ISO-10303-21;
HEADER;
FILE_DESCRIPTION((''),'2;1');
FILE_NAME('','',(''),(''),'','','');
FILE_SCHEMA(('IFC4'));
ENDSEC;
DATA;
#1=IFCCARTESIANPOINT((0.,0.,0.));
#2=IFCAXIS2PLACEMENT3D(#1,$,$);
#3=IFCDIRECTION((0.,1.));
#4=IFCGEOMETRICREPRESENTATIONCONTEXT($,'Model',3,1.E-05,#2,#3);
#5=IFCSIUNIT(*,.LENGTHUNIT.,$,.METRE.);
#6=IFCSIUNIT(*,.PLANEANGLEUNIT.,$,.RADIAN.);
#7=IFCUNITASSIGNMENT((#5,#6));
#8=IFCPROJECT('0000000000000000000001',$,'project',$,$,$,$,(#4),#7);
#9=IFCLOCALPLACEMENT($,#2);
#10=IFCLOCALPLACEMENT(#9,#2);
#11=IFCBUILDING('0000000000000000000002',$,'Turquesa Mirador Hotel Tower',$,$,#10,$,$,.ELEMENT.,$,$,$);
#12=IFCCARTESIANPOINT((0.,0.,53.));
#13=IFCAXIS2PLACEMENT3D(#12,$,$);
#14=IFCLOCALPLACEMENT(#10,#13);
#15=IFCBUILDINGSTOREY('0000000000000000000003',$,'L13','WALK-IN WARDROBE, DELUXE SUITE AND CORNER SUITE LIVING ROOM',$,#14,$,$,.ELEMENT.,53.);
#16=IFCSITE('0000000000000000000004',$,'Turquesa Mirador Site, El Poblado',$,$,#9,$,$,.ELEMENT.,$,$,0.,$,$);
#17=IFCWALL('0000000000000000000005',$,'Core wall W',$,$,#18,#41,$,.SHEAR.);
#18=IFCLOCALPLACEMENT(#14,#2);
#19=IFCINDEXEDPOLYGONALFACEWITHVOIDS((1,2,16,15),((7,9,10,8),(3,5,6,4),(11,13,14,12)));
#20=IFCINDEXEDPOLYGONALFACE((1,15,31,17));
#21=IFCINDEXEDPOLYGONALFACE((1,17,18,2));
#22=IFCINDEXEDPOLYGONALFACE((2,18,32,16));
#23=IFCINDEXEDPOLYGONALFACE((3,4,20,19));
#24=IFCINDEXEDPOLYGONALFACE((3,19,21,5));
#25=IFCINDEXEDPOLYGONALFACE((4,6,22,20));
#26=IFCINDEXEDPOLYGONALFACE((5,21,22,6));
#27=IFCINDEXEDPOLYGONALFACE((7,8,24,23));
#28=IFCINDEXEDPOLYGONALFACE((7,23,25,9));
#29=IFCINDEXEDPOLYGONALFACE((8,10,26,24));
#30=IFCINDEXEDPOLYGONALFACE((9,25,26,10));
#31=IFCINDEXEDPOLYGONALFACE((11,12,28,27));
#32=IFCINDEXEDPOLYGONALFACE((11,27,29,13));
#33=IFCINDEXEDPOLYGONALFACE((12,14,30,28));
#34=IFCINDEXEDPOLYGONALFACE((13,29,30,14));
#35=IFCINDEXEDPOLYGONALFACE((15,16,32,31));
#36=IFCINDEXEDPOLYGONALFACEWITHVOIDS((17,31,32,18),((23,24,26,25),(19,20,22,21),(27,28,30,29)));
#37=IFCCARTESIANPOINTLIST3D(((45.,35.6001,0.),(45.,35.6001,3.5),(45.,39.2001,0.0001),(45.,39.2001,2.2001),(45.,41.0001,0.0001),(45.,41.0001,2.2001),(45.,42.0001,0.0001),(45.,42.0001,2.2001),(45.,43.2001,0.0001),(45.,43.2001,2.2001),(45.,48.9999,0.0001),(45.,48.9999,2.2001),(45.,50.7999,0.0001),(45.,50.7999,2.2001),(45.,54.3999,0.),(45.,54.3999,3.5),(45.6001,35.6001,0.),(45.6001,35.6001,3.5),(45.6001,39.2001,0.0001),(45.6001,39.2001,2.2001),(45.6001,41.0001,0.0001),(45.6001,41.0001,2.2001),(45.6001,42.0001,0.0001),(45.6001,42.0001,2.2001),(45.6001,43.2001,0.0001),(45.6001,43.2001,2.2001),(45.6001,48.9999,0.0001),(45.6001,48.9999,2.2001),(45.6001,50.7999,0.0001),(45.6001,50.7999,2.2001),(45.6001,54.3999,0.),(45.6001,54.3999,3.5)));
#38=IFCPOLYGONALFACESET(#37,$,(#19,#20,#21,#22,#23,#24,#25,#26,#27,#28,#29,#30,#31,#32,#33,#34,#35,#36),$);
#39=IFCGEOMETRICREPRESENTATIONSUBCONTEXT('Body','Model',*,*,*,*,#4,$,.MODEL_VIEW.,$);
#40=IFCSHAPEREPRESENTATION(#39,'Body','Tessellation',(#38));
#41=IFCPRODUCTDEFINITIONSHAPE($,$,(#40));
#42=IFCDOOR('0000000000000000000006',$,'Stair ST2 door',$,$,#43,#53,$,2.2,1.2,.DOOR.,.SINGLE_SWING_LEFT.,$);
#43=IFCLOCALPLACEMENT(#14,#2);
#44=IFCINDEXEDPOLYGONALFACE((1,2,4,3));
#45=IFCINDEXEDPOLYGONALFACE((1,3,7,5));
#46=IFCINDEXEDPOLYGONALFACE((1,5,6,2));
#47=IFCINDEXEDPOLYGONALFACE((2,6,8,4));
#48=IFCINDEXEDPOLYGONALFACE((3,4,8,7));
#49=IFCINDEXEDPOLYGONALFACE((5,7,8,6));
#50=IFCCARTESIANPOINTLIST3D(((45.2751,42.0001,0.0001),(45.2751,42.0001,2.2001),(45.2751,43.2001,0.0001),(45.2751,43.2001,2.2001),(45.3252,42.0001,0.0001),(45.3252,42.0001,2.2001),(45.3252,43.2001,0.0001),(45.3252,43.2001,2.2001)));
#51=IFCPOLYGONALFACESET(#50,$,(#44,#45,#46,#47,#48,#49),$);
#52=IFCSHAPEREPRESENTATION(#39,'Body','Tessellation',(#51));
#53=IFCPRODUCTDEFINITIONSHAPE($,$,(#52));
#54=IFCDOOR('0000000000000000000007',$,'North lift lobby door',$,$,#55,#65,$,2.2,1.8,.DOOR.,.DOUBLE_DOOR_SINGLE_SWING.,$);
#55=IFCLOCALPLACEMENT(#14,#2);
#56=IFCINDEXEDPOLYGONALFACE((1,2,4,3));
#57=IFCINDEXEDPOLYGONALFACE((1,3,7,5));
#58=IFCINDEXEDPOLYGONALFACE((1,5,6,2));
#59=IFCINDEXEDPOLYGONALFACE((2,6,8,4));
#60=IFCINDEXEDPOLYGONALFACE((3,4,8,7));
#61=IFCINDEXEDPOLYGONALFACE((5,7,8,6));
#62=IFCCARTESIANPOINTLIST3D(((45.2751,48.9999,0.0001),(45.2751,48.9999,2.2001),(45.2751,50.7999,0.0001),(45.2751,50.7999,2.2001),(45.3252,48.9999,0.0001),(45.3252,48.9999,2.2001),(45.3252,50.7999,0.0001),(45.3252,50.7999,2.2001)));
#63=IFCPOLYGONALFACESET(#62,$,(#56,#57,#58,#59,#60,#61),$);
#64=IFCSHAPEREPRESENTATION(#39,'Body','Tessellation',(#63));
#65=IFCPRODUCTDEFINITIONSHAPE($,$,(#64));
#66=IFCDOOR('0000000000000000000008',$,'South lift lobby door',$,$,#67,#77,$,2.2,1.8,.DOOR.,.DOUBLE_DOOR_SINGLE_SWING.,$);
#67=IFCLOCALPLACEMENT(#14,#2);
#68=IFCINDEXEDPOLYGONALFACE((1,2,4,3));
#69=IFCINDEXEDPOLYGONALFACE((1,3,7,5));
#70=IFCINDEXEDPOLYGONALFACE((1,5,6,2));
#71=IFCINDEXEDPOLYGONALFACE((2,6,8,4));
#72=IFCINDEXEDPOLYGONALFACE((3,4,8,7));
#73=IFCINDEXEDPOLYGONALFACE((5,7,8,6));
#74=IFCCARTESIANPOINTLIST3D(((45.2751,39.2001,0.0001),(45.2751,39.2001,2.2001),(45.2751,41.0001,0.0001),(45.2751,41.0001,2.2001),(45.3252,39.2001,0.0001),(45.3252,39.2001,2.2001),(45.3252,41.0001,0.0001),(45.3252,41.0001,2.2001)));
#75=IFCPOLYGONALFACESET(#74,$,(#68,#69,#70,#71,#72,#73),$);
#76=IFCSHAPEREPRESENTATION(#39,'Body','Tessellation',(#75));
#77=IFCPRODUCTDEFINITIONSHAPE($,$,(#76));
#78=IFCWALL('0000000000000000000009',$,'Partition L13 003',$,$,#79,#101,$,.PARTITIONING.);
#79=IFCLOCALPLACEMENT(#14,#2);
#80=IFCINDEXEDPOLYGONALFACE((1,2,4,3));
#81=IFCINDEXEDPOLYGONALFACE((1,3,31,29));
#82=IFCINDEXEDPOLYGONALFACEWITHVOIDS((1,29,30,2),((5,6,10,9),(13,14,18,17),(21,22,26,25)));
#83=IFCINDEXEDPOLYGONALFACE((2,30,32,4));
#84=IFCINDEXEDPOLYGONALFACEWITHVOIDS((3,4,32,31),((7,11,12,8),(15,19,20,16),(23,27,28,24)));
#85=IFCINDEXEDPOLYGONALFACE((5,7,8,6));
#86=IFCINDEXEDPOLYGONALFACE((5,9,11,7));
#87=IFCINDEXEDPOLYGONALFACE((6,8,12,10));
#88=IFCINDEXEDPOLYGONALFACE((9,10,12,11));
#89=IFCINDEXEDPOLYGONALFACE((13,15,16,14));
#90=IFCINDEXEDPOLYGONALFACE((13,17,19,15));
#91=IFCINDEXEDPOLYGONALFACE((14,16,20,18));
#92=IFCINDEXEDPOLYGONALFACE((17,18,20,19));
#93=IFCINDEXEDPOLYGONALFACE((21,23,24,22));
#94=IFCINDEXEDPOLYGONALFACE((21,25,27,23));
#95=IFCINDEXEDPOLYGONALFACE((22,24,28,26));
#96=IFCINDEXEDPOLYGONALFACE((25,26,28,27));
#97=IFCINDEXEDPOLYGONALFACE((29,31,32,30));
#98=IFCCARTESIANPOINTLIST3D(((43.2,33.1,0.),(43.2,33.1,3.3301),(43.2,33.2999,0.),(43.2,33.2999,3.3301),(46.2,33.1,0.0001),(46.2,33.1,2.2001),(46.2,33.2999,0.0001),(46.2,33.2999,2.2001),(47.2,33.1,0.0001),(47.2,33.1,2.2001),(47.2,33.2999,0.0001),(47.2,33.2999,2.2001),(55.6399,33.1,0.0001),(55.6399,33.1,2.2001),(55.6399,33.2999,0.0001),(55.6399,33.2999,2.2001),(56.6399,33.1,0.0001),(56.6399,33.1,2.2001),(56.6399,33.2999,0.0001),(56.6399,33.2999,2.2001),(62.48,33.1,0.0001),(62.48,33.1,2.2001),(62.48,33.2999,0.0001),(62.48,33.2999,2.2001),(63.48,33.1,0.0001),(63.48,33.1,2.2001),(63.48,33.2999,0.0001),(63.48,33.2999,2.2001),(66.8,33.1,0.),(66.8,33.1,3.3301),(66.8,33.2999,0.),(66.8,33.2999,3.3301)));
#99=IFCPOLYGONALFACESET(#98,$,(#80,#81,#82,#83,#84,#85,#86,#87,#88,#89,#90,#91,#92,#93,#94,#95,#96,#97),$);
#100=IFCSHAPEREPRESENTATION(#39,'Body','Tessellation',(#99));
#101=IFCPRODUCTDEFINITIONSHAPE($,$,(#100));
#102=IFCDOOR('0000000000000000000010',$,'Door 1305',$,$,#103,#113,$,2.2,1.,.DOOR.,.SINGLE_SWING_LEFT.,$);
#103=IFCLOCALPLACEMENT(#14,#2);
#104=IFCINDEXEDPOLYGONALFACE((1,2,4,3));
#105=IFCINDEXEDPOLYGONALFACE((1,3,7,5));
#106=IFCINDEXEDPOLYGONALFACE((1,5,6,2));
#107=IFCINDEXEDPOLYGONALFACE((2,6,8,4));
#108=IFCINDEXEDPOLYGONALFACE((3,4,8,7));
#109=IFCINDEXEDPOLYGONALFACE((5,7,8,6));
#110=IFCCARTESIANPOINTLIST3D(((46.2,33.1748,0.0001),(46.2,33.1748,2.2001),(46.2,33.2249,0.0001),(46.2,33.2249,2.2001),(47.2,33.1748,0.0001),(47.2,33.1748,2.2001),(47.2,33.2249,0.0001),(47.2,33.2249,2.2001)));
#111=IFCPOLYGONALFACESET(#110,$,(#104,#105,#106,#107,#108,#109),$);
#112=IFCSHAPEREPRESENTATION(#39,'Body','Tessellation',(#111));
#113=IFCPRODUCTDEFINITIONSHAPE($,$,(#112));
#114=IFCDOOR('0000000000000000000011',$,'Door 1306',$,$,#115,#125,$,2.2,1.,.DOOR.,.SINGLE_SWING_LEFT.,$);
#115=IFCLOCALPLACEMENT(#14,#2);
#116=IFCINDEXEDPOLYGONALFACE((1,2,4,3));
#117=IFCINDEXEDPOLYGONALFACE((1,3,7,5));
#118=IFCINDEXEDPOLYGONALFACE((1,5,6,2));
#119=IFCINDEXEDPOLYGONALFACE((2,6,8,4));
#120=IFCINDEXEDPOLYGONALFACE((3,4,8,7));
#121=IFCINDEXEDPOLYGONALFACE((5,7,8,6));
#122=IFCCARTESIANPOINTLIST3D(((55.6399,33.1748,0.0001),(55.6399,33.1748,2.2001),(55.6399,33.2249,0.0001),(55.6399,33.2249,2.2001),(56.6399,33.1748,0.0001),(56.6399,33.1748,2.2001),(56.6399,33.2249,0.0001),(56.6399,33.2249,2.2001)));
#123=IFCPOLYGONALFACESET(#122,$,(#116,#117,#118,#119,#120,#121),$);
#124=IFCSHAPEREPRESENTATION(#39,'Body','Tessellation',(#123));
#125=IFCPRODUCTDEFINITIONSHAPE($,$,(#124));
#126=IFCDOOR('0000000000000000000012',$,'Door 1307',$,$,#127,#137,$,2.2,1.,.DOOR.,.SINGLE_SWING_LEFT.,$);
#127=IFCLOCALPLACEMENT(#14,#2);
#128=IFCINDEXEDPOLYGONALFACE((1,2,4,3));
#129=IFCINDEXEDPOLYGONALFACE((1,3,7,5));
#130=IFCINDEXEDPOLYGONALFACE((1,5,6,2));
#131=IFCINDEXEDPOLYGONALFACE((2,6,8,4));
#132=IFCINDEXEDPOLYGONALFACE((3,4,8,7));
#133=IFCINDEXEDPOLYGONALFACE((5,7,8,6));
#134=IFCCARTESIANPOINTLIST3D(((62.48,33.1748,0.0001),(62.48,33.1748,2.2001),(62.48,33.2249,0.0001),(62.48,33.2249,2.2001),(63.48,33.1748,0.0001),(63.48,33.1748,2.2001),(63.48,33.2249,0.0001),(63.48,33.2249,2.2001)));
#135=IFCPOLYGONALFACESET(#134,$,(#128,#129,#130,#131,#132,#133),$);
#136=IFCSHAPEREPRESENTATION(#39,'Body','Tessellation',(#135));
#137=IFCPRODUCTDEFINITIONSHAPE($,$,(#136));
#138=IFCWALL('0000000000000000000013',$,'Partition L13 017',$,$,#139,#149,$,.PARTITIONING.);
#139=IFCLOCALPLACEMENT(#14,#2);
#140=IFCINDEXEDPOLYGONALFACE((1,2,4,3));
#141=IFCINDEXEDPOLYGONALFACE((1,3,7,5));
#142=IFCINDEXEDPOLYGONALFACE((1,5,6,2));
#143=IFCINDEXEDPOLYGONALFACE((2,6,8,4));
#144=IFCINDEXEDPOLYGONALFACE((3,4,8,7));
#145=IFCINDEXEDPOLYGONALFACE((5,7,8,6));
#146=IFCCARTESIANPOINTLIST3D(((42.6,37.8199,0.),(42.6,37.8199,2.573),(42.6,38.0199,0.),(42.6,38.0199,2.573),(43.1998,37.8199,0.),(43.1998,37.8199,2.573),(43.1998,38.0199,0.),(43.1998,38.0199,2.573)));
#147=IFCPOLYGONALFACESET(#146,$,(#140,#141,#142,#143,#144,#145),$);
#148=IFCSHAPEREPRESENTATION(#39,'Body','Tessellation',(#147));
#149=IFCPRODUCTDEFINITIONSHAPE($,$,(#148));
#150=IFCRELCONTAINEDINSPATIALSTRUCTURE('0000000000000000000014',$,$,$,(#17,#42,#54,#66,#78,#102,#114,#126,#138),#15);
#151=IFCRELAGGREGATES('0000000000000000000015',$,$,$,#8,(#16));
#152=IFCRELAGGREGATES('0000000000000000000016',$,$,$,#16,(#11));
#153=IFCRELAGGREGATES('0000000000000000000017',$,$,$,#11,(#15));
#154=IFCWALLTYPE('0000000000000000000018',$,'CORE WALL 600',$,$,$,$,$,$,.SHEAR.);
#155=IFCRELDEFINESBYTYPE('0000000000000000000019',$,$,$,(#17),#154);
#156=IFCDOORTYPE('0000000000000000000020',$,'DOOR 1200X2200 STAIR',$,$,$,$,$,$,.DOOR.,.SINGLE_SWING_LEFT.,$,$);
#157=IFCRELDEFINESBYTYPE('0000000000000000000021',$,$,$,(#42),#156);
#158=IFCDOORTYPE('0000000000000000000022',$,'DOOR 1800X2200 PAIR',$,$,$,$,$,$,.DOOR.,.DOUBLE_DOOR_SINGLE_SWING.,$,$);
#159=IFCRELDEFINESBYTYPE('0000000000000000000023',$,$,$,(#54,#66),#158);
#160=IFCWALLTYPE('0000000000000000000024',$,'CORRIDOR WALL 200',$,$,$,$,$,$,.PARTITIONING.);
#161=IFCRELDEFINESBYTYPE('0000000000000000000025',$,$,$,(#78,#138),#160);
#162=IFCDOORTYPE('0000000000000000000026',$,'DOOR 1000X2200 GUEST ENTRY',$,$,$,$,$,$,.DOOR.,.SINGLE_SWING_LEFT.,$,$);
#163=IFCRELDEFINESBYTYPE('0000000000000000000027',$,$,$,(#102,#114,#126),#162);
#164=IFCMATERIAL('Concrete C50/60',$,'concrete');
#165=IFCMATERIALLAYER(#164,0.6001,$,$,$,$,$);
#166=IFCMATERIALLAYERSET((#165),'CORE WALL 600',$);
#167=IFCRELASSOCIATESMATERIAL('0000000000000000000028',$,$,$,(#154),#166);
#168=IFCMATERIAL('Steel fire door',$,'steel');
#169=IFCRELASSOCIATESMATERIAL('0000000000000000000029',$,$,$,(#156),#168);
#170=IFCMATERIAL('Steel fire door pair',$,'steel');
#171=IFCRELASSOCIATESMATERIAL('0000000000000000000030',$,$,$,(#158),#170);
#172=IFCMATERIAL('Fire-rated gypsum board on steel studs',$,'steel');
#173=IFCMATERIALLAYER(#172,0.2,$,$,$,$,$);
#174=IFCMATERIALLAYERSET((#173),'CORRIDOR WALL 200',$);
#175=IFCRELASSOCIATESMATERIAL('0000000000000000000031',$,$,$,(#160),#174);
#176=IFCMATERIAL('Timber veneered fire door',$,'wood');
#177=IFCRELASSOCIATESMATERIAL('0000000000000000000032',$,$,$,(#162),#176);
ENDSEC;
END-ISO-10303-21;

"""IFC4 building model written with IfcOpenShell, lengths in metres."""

from ifc_helpers import new_model, si_unit, direction, frame, frame_2d, origin, place, context, subcontext, project, spatial, rectangle, extrude, material, layer, layer_set, type_object, element, fill, save


model = new_model("IFC4")

# Units and contexts
model_context = context("Model", 3, precision=1e-05, world=origin(), true_north=direction((0.0, 1.0)))
body_context = subcontext(model_context, "Body", "Model", "MODEL_VIEW")
ifc_project = project(units=[si_unit("LENGTHUNIT", "METRE"), si_unit("PLANEANGLEUNIT", "RADIAN")], contexts=[model_context])

# Site, building, storey
site_placement = place(None, origin())
site = spatial("IfcSite", under=ifc_project, at=site_placement, Name="Turquesa Mirador Site, El Poblado", CompositionType="ELEMENT", RefElevation=0.0)
building_placement = place(site_placement, origin())
building = spatial("IfcBuilding", under=site, at=building_placement, Name="Turquesa Mirador Hotel Tower", CompositionType="ELEMENT")
storey_placement = place(building_placement, frame((0.0, 0.0, 53.0)))
storey = spatial("IfcBuildingStorey", under=building, at=storey_placement, Name="L13", Description="WALK-IN WARDROBE, DELUXE SUITE AND CORNER SUITE LIVING ROOM", CompositionType="ELEMENT", Elevation=53.0)

# Shared definitions
ifc_material_1 = material(Name="Concrete C50/60", Category="concrete")
ifc_layer_1 = layer(ifc_material_1, 0.6001)
ifc_layer_set_1 = layer_set([ifc_layer_1], Name="CORE WALL 600")
wall_type_1 = type_object("IfcWallType", Name="CORE WALL 600", PredefinedType="SHEAR", material=ifc_layer_set_1)

# Walls, openings, doors
wall_1_placement = place(storey_placement, frame((45.3, 35.6001, 0.0), z_axis=(0.0, 0.0, 1.0), x_axis=(0.0, 1.0, 0.0)))
wall_1 = element("IfcWall", 1, at=wall_1_placement, inside=storey, type_object=wall_type_1, Name="Core wall W", PredefinedType="SHEAR", context=body_context, shape_type="SweptSolid", body=[
    extrude(rectangle(XDim=18.7998, YDim=0.6001, at=frame_2d((9.3999, 0.0))), origin(), (0.0, 0.0, 1.0), 3.5),
])
opening_1_placement = place(wall_1_placement, frame((13.3999, 0.0, 0.0)))
opening_1 = element("IfcOpeningElement", 2, at=opening_1_placement, cuts=wall_1, PredefinedType="OPENING", context=body_context, shape_type="SweptSolid", body=[
    extrude(rectangle(XDim=1.8, YDim=2.2, at=frame_2d((0.8999, 1.1001))), frame((0.0, 0.3101, 0.0), z_axis=(0.0, -1.0, 0.0), x_axis=(1.0, 0.0, 0.0)), (0.0, 0.0, 1.0), 0.6201),
])
opening_2_placement = place(wall_1_placement, frame((3.6001, 0.0, 0.0)))
opening_2 = element("IfcOpeningElement", 3, at=opening_2_placement, cuts=wall_1, PredefinedType="OPENING", context=body_context, shape_type="SweptSolid", body=[
    extrude(rectangle(XDim=1.8, YDim=2.2, at=frame_2d((0.8999, 1.1001))), frame((0.0, 0.3101, 0.0), z_axis=(0.0, -1.0, 0.0), x_axis=(1.0, 0.0, 0.0)), (0.0, 0.0, 1.0), 0.6201),
])
opening_3_placement = place(wall_1_placement, frame((6.3999, 0.0, 0.0)))
opening_3 = element("IfcOpeningElement", 4, at=opening_3_placement, cuts=wall_1, PredefinedType="OPENING", context=body_context, shape_type="SweptSolid", body=[
    extrude(rectangle(XDim=1.2, YDim=2.2, at=frame_2d((0.6001, 1.1001))), frame((0.0, 0.3101, 0.0), z_axis=(0.0, -1.0, 0.0), x_axis=(1.0, 0.0, 0.0)), (0.0, 0.0, 1.0), 0.6201),
])
ifc_material_2 = material(Name="Steel fire door", Category="steel")
door_type_1 = type_object("IfcDoorType", Name="DOOR 1200X2200 STAIR", OperationType="SINGLE_SWING_LEFT", PredefinedType="DOOR", material=ifc_material_2)
door_1_placement = place(opening_3_placement, origin())
door_1 = element("IfcDoor", 5, at=door_1_placement, inside=storey, type_object=door_type_1, Name="Stair ST2 door", OperationType="SINGLE_SWING_LEFT", OverallHeight=2.2, OverallWidth=1.2, PredefinedType="DOOR", context=body_context, shape_type="SweptSolid", body=[
    extrude(rectangle(XDim=1.2, YDim=2.2, at=frame_2d((0.6001, 1.1001))), frame((0.0, 0.0249, 0.0), z_axis=(0.0, -1.0, 0.0), x_axis=(1.0, 0.0, 0.0)), (0.0, 0.0, 1.0), 0.05),
])
fill(opening_3, door_1)
ifc_material_3 = material(Name="Steel fire door pair", Category="steel")
door_type_2 = type_object("IfcDoorType", Name="DOOR 1800X2200 PAIR", OperationType="DOUBLE_DOOR_SINGLE_SWING", PredefinedType="DOOR", material=ifc_material_3)
door_2_placement = place(opening_1_placement, origin())
door_2 = element("IfcDoor", 6, at=door_2_placement, inside=storey, type_object=door_type_2, Name="North lift lobby door", OperationType="DOUBLE_DOOR_SINGLE_SWING", OverallHeight=2.2, OverallWidth=1.8, PredefinedType="DOOR", context=body_context, shape_type="SweptSolid", body=[
    extrude(rectangle(XDim=1.8, YDim=2.2, at=frame_2d((0.8999, 1.1001))), frame((0.0, 0.0249, 0.0), z_axis=(0.0, -1.0, 0.0), x_axis=(1.0, 0.0, 0.0)), (0.0, 0.0, 1.0), 0.05),
])
fill(opening_1, door_2)
door_3_placement = place(opening_2_placement, origin())
door_3 = element("IfcDoor", 7, at=door_3_placement, inside=storey, type_object=door_type_2, Name="South lift lobby door", OperationType="DOUBLE_DOOR_SINGLE_SWING", OverallHeight=2.2, OverallWidth=1.8, PredefinedType="DOOR", context=body_context, shape_type="SweptSolid", body=[
    extrude(rectangle(XDim=1.8, YDim=2.2, at=frame_2d((0.8999, 1.1001))), frame((0.0, 0.0249, 0.0), z_axis=(0.0, -1.0, 0.0), x_axis=(1.0, 0.0, 0.0)), (0.0, 0.0, 1.0), 0.05),
])
fill(opening_2, door_3)
ifc_material_4 = material(Name="Fire-rated gypsum board on steel studs", Category="steel")
ifc_layer_2 = layer(ifc_material_4, 0.2)
ifc_layer_set_2 = layer_set([ifc_layer_2], Name="CORRIDOR WALL 200")
wall_type_2 = type_object("IfcWallType", Name="CORRIDOR WALL 200", PredefinedType="PARTITIONING", material=ifc_layer_set_2)
wall_2_placement = place(storey_placement, frame((43.2, 33.2, 0.0), z_axis=(0.0, 0.0, 1.0), x_axis=(1.0, 0.0, 0.0)))
wall_2 = element("IfcWall", 8, at=wall_2_placement, inside=storey, type_object=wall_type_2, Name="Partition L13 003", PredefinedType="PARTITIONING", context=body_context, shape_type="SweptSolid", body=[
    extrude(rectangle(XDim=23.6001, YDim=0.2, at=frame_2d((11.8, 0.0))), origin(), (0.0, 0.0, 1.0), 3.3301),
])
opening_4_placement = place(wall_2_placement, frame((3.0, 0.0, 0.0)))
opening_4 = element("IfcOpeningElement", 9, at=opening_4_placement, cuts=wall_2, PredefinedType="OPENING", context=body_context, shape_type="SweptSolid", body=[
    extrude(rectangle(XDim=1.0, YDim=2.2, at=frame_2d((0.5, 1.1001))), frame((0.0, 0.1099, 0.0), z_axis=(0.0, -1.0, 0.0), x_axis=(1.0, 0.0, 0.0)), (0.0, 0.0, 1.0), 0.22),
])
opening_5_placement = place(wall_2_placement, frame((12.4399, 0.0, 0.0)))
opening_5 = element("IfcOpeningElement", 10, at=opening_5_placement, cuts=wall_2, PredefinedType="OPENING", context=body_context, shape_type="SweptSolid", body=[
    extrude(rectangle(XDim=1.0, YDim=2.2, at=frame_2d((0.5, 1.1001))), frame((0.0, 0.1099, 0.0), z_axis=(0.0, -1.0, 0.0), x_axis=(1.0, 0.0, 0.0)), (0.0, 0.0, 1.0), 0.22),
])
opening_6_placement = place(wall_2_placement, frame((19.28, 0.0, 0.0)))
opening_6 = element("IfcOpeningElement", 11, at=opening_6_placement, cuts=wall_2, PredefinedType="OPENING", context=body_context, shape_type="SweptSolid", body=[
    extrude(rectangle(XDim=1.0, YDim=2.2, at=frame_2d((0.5, 1.1001))), frame((0.0, 0.1099, 0.0), z_axis=(0.0, -1.0, 0.0), x_axis=(1.0, 0.0, 0.0)), (0.0, 0.0, 1.0), 0.22),
])
ifc_material_5 = material(Name="Timber veneered fire door", Category="wood")
door_type_3 = type_object("IfcDoorType", Name="DOOR 1000X2200 GUEST ENTRY", OperationType="SINGLE_SWING_LEFT", PredefinedType="DOOR", material=ifc_material_5)
door_4_placement = place(opening_4_placement, origin())
door_4 = element("IfcDoor", 12, at=door_4_placement, inside=storey, type_object=door_type_3, Name="Door 1305", OperationType="SINGLE_SWING_LEFT", OverallHeight=2.2, OverallWidth=1.0, PredefinedType="DOOR", context=body_context, shape_type="SweptSolid", body=[
    extrude(rectangle(XDim=1.0, YDim=2.2, at=frame_2d((0.5, 1.1001))), frame((0.0, 0.0249, 0.0), z_axis=(0.0, -1.0, 0.0), x_axis=(1.0, 0.0, 0.0)), (0.0, 0.0, 1.0), 0.05),
])
fill(opening_4, door_4)
door_5_placement = place(opening_5_placement, origin())
door_5 = element("IfcDoor", 13, at=door_5_placement, inside=storey, type_object=door_type_3, Name="Door 1306", OperationType="SINGLE_SWING_LEFT", OverallHeight=2.2, OverallWidth=1.0, PredefinedType="DOOR", context=body_context, shape_type="SweptSolid", body=[
    extrude(rectangle(XDim=1.0, YDim=2.2, at=frame_2d((0.5, 1.1001))), frame((0.0, 0.0249, 0.0), z_axis=(0.0, -1.0, 0.0), x_axis=(1.0, 0.0, 0.0)), (0.0, 0.0, 1.0), 0.05),
])
fill(opening_5, door_5)
door_6_placement = place(opening_6_placement, origin())
door_6 = element("IfcDoor", 14, at=door_6_placement, inside=storey, type_object=door_type_3, Name="Door 1307", OperationType="SINGLE_SWING_LEFT", OverallHeight=2.2, OverallWidth=1.0, PredefinedType="DOOR", context=body_context, shape_type="SweptSolid", body=[
    extrude(rectangle(XDim=1.0, YDim=2.2, at=frame_2d((0.5, 1.1001))), frame((0.0, 0.0249, 0.0), z_axis=(0.0, -1.0, 0.0), x_axis=(1.0, 0.0, 0.0)), (0.0, 0.0, 1.0), 0.05),
])
fill(opening_6, door_6)

# Wall
wall_3_placement = place(storey_placement, frame((42.6001, 37.9199, 0.0), z_axis=(0.0, 0.0, 1.0), x_axis=(1.0, 0.0, 0.0)))
element("IfcWall", 15, at=wall_3_placement, inside=storey, type_object=wall_type_2, Name="Partition L13 017", PredefinedType="PARTITIONING", context=body_context, shape_type="SweptSolid", body=[
    extrude(rectangle(XDim=0.5999, YDim=0.2, at=frame_2d((0.2998, 0.0))), origin(), (0.0, 0.0, 1.0), 2.573),
])

save(model, "model.ifc")
